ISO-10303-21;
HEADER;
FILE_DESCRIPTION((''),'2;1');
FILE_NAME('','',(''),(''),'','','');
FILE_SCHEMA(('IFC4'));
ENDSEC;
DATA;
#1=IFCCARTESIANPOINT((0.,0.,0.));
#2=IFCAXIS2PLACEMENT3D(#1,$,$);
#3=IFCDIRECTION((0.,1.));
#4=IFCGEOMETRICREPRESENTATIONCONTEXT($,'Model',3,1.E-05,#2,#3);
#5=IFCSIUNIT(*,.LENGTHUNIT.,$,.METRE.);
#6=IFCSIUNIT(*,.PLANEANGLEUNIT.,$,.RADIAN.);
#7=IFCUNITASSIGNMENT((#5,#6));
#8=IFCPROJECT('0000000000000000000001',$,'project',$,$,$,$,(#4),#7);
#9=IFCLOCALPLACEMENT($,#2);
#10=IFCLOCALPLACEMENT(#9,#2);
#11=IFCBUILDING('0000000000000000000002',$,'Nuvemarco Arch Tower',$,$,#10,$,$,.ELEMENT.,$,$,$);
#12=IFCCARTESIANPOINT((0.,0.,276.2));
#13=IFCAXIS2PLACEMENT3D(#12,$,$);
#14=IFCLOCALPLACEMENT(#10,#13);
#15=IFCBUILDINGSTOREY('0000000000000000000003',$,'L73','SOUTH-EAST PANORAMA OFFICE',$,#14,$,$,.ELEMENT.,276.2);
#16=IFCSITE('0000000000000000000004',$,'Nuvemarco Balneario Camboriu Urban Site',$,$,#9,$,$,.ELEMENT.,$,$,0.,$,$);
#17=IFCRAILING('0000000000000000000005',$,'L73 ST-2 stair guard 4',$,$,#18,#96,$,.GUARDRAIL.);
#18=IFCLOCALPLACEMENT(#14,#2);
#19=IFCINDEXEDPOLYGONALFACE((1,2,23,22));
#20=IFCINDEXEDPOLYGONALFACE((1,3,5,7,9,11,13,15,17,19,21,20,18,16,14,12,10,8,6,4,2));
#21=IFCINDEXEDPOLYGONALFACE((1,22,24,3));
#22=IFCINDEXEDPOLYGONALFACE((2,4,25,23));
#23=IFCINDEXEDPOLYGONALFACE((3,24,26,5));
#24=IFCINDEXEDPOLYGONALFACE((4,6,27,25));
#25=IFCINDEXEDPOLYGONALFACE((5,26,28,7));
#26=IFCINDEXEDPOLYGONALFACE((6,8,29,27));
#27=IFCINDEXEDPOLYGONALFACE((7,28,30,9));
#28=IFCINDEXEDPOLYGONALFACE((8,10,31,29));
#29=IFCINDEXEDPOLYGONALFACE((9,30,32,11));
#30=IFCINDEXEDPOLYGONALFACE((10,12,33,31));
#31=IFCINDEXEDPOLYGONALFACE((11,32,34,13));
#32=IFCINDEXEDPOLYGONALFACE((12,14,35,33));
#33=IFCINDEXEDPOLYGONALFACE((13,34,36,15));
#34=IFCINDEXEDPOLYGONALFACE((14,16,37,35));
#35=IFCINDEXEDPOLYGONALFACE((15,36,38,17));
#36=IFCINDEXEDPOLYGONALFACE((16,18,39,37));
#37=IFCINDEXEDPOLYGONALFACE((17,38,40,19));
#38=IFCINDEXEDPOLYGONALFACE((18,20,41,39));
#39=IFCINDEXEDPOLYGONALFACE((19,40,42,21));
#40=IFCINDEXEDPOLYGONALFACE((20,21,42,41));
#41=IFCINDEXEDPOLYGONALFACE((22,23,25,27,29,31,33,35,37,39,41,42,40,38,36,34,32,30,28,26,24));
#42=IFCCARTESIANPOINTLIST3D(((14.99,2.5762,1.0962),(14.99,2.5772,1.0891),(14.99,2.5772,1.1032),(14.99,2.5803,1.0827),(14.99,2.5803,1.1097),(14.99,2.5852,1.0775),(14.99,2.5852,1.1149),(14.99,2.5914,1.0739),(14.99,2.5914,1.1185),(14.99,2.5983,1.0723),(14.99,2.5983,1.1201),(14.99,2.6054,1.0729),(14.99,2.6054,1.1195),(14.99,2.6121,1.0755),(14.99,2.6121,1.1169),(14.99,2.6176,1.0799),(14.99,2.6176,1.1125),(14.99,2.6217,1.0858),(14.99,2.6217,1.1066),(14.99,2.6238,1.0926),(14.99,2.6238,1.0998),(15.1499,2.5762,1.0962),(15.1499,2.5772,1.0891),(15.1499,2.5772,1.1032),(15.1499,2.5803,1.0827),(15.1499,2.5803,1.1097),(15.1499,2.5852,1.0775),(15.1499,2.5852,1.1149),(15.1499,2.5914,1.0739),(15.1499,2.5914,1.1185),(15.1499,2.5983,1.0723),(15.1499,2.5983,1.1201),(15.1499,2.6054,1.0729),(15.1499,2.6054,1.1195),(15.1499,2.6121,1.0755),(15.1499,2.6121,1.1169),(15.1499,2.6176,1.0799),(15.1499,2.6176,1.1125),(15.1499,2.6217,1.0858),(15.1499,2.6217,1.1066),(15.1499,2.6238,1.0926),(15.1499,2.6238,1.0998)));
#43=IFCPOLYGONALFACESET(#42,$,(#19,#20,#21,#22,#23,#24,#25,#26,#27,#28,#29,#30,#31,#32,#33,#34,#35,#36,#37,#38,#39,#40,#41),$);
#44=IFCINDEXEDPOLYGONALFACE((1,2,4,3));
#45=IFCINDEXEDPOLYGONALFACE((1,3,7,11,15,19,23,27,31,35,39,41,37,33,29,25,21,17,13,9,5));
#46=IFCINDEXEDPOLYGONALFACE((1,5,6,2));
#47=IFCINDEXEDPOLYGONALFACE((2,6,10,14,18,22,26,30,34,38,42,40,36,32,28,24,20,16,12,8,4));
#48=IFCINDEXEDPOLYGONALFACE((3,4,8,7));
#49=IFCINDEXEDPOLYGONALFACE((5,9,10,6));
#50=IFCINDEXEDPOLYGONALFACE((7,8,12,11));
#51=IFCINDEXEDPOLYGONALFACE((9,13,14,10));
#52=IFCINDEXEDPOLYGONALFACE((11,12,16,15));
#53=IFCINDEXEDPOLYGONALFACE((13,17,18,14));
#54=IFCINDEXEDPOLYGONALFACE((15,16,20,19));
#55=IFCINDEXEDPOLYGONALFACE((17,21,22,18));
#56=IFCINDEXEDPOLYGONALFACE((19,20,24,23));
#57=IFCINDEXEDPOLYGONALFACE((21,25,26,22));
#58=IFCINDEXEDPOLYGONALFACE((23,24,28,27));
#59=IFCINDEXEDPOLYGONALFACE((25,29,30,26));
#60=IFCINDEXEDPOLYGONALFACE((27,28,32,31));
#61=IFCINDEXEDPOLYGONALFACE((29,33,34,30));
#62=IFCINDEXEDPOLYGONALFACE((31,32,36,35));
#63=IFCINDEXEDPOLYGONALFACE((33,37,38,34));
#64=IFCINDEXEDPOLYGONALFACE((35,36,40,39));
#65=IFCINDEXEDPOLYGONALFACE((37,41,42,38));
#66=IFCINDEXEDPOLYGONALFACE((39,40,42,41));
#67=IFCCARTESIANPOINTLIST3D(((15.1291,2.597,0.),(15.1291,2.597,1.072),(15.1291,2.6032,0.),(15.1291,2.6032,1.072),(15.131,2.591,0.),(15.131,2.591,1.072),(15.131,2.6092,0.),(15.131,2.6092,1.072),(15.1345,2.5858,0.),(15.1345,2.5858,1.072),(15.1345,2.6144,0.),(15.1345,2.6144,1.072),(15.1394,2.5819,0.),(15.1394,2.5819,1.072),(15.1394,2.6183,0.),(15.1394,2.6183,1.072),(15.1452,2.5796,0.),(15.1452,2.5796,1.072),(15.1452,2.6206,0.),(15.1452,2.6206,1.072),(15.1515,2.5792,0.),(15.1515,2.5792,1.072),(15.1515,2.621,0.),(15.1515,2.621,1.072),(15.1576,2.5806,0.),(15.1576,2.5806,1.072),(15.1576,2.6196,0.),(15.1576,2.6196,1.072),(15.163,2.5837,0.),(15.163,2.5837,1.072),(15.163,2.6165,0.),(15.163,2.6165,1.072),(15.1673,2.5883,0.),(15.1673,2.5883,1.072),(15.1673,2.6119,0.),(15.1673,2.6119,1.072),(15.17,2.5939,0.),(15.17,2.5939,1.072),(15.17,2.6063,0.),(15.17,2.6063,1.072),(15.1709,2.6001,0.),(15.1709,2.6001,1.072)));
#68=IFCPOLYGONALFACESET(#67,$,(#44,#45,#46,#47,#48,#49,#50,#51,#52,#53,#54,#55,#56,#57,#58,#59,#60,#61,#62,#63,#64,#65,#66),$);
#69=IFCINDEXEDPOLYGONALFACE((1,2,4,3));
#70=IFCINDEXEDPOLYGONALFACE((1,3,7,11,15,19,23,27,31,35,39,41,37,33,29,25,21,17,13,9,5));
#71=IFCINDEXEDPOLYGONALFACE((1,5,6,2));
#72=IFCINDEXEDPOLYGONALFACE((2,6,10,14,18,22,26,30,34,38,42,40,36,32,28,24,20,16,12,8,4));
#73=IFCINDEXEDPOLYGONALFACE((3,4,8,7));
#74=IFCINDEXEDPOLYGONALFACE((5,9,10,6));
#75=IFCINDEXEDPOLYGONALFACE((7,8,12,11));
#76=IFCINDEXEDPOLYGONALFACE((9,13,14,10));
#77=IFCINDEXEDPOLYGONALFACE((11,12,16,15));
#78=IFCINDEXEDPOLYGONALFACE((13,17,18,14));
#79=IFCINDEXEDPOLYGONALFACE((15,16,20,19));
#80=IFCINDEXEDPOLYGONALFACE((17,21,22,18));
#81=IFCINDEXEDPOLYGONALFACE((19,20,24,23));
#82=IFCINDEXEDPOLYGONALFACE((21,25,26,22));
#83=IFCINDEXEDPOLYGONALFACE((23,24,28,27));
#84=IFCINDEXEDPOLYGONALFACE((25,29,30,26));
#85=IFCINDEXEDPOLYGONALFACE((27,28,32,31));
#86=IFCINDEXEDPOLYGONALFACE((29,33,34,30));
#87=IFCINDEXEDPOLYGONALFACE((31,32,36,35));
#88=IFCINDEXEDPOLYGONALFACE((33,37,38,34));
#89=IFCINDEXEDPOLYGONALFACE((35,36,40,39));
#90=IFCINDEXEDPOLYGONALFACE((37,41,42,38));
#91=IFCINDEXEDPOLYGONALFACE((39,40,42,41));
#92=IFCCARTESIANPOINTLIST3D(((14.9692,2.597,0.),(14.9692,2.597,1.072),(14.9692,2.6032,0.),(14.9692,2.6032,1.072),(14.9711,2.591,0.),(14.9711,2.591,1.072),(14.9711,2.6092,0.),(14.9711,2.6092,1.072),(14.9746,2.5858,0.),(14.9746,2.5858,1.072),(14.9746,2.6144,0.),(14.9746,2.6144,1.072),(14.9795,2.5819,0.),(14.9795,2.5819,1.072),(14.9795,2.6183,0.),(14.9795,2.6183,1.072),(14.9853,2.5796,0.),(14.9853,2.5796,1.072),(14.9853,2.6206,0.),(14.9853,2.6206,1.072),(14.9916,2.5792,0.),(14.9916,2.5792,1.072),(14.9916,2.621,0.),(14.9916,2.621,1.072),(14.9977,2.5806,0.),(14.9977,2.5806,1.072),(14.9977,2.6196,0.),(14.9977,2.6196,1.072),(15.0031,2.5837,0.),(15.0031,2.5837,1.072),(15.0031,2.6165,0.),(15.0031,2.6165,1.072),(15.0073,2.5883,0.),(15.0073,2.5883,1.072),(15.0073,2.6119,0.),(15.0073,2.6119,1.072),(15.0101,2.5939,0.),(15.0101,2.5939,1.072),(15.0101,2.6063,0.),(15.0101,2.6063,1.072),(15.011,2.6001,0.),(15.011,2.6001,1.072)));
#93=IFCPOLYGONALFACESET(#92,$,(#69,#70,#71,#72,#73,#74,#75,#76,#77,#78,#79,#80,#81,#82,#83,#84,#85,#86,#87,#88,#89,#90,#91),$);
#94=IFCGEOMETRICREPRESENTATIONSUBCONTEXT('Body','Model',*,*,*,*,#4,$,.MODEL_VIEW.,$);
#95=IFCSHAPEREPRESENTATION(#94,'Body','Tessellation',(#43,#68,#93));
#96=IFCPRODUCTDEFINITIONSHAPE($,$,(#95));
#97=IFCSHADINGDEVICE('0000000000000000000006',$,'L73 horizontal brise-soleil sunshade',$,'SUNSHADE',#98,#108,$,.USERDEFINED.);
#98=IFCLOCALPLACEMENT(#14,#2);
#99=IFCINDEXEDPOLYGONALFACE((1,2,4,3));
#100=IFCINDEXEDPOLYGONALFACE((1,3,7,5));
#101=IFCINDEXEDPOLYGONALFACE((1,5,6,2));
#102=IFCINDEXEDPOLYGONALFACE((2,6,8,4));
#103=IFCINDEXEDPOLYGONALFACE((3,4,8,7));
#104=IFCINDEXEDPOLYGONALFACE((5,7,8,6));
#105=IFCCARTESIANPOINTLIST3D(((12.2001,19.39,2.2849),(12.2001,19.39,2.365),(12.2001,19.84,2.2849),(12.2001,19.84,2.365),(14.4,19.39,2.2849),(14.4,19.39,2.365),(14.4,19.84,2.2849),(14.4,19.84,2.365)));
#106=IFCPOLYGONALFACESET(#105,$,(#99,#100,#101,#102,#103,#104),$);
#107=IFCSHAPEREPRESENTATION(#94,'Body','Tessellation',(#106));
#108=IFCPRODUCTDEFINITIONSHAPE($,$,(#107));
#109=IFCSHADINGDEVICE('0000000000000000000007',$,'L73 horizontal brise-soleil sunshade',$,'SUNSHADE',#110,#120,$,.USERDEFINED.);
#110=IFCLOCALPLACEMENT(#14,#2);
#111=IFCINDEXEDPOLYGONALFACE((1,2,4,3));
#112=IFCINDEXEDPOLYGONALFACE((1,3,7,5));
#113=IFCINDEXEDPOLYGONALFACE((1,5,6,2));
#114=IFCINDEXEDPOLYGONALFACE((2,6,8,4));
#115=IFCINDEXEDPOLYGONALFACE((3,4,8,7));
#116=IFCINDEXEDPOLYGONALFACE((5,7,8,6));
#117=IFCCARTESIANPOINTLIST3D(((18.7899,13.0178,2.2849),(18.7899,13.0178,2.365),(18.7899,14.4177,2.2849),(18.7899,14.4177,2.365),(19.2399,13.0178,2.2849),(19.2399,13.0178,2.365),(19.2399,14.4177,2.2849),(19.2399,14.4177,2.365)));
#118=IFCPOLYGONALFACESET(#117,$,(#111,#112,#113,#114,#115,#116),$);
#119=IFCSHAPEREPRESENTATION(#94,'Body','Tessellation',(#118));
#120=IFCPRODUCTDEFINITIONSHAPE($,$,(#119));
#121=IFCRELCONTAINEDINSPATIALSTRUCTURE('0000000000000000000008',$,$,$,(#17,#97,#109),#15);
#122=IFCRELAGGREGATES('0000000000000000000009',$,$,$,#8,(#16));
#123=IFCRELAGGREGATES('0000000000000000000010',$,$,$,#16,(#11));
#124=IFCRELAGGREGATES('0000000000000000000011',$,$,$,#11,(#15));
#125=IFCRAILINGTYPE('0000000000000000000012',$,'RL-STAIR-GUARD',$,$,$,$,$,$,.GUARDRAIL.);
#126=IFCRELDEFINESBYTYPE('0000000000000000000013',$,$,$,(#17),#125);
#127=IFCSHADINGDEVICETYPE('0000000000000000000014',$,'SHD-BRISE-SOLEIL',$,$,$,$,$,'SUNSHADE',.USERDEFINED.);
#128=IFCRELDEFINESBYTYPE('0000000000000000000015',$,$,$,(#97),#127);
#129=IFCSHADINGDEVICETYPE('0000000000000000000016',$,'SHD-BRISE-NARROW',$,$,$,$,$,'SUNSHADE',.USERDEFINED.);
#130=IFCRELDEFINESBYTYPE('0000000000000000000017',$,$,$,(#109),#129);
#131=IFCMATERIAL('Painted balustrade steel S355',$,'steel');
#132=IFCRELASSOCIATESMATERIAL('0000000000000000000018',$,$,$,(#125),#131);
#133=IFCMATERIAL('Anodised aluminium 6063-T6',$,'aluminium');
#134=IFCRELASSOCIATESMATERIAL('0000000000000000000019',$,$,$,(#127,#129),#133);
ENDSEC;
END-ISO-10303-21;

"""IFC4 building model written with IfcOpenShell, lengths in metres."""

from ifc_helpers import new_model, si_unit, direction, frame, origin, origin_2d, place, context, subcontext, project, spatial, rectangle, circle, extrude, source, transform, mapped, material, type_object, type_shapes, element, save


model = new_model("IFC4")

# Units and contexts
model_context = context("Model", 3, precision=1e-05, world=origin(), true_north=direction((0.0, 1.0)))
body_context = subcontext(model_context, "Body", "Model", "MODEL_VIEW")
ifc_project = project(units=[si_unit("LENGTHUNIT", "METRE"), si_unit("PLANEANGLEUNIT", "RADIAN")], contexts=[model_context])

# Site, building, storey
site_placement = place(None, origin())
site = spatial("IfcSite", under=ifc_project, at=site_placement, Name="Nuvemarco Balneario Camboriu Urban Site", CompositionType="ELEMENT", RefElevation=0.0)
building_placement = place(site_placement, origin())
building = spatial("IfcBuilding", under=site, at=building_placement, Name="Nuvemarco Arch Tower", CompositionType="ELEMENT")
storey_placement = place(building_placement, frame((0.0, 0.0, 276.2)))
storey = spatial("IfcBuildingStorey", under=building, at=storey_placement, Name="L73", Description="SOUTH-EAST PANORAMA OFFICE", CompositionType="ELEMENT", Elevation=276.2)

# Railing
ifc_material_1 = material(Name="Painted balustrade steel S355", Category="steel")
railing_type_1 = type_object("IfcRailingType", Name="RL-STAIR-GUARD", PredefinedType="GUARDRAIL", material=ifc_material_1)
railing_1_placement = place(storey_placement, frame((15.1499, 2.6001, 0.0)))
element("IfcRailing", 1, at=railing_1_placement, inside=storey, type_object=railing_type_1, Name="L73 ST-2 stair guard 4", PredefinedType="GUARDRAIL", context=body_context, shape_type="SweptSolid", body=[
    extrude(circle(Radius=0.0239, at=origin_2d()), frame((0.0, 0.0, 1.0962), z_axis=(-1.0, 0.0, 0.0), x_axis=(0.0, -1.0, 0.0)), (0.0, 0.0, 1.0), 0.1599),
    extrude(circle(Radius=0.021, at=origin_2d()), origin(), (0.0, 0.0, 1.0), 1.072),
    extrude(circle(Radius=0.021, at=origin_2d()), frame((-0.1599, 0.0, 0.0)), (0.0, 0.0, 1.0), 1.072),
])

# Shading devices
ifc_material_2 = material(Name="Anodised aluminium 6063-T6", Category="aluminium")
shading_device_type_1 = type_object("IfcShadingDeviceType", Name="SHD-BRISE-SOLEIL", ElementType="SUNSHADE", PredefinedType="USERDEFINED", material=ifc_material_2)
shared_shape_1 = source(origin(), body_context, "Body", "SweptSolid", [
    extrude(rectangle(XDim=2.2, YDim=0.45, at=origin_2d()), origin(), (0.0, 0.0, 1.0), 0.0801),
])
type_shapes(shading_device_type_1, [shared_shape_1])
shading_device_1_placement = place(storey_placement, frame((13.3, 19.615, 2.2849), z_axis=(0.0, 0.0, 1.0), x_axis=(1.0, 0.0, 0.0)))
element("IfcShadingDevice", 2, at=shading_device_1_placement, inside=storey, type_object=shading_device_type_1, Name="L73 horizontal brise-soleil sunshade", ObjectType="SUNSHADE", PredefinedType="USERDEFINED", context=body_context, shape_type="MappedRepresentation", body=[
    mapped(shared_shape_1, transform((0.0, 0.0, 0.0), scale=1.0)),
])
shading_device_type_2 = type_object("IfcShadingDeviceType", Name="SHD-BRISE-NARROW", ElementType="SUNSHADE", PredefinedType="USERDEFINED", material=ifc_material_2)
shared_shape_2 = source(origin(), body_context, "Body", "SweptSolid", [
    extrude(rectangle(XDim=1.3999, YDim=0.45, at=origin_2d()), origin(), (0.0, 0.0, 1.0), 0.0801),
])
type_shapes(shading_device_type_2, [shared_shape_2])
shading_device_2_placement = place(storey_placement, frame((19.0149, 13.7178, 2.2849), z_axis=(0.0, 0.0, 1.0), x_axis=(0.0, 1.0, 0.0)))
element("IfcShadingDevice", 3, at=shading_device_2_placement, inside=storey, type_object=shading_device_type_2, Name="L73 horizontal brise-soleil sunshade", ObjectType="SUNSHADE", PredefinedType="USERDEFINED", context=body_context, shape_type="MappedRepresentation", body=[
    mapped(shared_shape_2, transform((0.0, 0.0, 0.0), scale=1.0)),
])

save(model, "model.ifc")
